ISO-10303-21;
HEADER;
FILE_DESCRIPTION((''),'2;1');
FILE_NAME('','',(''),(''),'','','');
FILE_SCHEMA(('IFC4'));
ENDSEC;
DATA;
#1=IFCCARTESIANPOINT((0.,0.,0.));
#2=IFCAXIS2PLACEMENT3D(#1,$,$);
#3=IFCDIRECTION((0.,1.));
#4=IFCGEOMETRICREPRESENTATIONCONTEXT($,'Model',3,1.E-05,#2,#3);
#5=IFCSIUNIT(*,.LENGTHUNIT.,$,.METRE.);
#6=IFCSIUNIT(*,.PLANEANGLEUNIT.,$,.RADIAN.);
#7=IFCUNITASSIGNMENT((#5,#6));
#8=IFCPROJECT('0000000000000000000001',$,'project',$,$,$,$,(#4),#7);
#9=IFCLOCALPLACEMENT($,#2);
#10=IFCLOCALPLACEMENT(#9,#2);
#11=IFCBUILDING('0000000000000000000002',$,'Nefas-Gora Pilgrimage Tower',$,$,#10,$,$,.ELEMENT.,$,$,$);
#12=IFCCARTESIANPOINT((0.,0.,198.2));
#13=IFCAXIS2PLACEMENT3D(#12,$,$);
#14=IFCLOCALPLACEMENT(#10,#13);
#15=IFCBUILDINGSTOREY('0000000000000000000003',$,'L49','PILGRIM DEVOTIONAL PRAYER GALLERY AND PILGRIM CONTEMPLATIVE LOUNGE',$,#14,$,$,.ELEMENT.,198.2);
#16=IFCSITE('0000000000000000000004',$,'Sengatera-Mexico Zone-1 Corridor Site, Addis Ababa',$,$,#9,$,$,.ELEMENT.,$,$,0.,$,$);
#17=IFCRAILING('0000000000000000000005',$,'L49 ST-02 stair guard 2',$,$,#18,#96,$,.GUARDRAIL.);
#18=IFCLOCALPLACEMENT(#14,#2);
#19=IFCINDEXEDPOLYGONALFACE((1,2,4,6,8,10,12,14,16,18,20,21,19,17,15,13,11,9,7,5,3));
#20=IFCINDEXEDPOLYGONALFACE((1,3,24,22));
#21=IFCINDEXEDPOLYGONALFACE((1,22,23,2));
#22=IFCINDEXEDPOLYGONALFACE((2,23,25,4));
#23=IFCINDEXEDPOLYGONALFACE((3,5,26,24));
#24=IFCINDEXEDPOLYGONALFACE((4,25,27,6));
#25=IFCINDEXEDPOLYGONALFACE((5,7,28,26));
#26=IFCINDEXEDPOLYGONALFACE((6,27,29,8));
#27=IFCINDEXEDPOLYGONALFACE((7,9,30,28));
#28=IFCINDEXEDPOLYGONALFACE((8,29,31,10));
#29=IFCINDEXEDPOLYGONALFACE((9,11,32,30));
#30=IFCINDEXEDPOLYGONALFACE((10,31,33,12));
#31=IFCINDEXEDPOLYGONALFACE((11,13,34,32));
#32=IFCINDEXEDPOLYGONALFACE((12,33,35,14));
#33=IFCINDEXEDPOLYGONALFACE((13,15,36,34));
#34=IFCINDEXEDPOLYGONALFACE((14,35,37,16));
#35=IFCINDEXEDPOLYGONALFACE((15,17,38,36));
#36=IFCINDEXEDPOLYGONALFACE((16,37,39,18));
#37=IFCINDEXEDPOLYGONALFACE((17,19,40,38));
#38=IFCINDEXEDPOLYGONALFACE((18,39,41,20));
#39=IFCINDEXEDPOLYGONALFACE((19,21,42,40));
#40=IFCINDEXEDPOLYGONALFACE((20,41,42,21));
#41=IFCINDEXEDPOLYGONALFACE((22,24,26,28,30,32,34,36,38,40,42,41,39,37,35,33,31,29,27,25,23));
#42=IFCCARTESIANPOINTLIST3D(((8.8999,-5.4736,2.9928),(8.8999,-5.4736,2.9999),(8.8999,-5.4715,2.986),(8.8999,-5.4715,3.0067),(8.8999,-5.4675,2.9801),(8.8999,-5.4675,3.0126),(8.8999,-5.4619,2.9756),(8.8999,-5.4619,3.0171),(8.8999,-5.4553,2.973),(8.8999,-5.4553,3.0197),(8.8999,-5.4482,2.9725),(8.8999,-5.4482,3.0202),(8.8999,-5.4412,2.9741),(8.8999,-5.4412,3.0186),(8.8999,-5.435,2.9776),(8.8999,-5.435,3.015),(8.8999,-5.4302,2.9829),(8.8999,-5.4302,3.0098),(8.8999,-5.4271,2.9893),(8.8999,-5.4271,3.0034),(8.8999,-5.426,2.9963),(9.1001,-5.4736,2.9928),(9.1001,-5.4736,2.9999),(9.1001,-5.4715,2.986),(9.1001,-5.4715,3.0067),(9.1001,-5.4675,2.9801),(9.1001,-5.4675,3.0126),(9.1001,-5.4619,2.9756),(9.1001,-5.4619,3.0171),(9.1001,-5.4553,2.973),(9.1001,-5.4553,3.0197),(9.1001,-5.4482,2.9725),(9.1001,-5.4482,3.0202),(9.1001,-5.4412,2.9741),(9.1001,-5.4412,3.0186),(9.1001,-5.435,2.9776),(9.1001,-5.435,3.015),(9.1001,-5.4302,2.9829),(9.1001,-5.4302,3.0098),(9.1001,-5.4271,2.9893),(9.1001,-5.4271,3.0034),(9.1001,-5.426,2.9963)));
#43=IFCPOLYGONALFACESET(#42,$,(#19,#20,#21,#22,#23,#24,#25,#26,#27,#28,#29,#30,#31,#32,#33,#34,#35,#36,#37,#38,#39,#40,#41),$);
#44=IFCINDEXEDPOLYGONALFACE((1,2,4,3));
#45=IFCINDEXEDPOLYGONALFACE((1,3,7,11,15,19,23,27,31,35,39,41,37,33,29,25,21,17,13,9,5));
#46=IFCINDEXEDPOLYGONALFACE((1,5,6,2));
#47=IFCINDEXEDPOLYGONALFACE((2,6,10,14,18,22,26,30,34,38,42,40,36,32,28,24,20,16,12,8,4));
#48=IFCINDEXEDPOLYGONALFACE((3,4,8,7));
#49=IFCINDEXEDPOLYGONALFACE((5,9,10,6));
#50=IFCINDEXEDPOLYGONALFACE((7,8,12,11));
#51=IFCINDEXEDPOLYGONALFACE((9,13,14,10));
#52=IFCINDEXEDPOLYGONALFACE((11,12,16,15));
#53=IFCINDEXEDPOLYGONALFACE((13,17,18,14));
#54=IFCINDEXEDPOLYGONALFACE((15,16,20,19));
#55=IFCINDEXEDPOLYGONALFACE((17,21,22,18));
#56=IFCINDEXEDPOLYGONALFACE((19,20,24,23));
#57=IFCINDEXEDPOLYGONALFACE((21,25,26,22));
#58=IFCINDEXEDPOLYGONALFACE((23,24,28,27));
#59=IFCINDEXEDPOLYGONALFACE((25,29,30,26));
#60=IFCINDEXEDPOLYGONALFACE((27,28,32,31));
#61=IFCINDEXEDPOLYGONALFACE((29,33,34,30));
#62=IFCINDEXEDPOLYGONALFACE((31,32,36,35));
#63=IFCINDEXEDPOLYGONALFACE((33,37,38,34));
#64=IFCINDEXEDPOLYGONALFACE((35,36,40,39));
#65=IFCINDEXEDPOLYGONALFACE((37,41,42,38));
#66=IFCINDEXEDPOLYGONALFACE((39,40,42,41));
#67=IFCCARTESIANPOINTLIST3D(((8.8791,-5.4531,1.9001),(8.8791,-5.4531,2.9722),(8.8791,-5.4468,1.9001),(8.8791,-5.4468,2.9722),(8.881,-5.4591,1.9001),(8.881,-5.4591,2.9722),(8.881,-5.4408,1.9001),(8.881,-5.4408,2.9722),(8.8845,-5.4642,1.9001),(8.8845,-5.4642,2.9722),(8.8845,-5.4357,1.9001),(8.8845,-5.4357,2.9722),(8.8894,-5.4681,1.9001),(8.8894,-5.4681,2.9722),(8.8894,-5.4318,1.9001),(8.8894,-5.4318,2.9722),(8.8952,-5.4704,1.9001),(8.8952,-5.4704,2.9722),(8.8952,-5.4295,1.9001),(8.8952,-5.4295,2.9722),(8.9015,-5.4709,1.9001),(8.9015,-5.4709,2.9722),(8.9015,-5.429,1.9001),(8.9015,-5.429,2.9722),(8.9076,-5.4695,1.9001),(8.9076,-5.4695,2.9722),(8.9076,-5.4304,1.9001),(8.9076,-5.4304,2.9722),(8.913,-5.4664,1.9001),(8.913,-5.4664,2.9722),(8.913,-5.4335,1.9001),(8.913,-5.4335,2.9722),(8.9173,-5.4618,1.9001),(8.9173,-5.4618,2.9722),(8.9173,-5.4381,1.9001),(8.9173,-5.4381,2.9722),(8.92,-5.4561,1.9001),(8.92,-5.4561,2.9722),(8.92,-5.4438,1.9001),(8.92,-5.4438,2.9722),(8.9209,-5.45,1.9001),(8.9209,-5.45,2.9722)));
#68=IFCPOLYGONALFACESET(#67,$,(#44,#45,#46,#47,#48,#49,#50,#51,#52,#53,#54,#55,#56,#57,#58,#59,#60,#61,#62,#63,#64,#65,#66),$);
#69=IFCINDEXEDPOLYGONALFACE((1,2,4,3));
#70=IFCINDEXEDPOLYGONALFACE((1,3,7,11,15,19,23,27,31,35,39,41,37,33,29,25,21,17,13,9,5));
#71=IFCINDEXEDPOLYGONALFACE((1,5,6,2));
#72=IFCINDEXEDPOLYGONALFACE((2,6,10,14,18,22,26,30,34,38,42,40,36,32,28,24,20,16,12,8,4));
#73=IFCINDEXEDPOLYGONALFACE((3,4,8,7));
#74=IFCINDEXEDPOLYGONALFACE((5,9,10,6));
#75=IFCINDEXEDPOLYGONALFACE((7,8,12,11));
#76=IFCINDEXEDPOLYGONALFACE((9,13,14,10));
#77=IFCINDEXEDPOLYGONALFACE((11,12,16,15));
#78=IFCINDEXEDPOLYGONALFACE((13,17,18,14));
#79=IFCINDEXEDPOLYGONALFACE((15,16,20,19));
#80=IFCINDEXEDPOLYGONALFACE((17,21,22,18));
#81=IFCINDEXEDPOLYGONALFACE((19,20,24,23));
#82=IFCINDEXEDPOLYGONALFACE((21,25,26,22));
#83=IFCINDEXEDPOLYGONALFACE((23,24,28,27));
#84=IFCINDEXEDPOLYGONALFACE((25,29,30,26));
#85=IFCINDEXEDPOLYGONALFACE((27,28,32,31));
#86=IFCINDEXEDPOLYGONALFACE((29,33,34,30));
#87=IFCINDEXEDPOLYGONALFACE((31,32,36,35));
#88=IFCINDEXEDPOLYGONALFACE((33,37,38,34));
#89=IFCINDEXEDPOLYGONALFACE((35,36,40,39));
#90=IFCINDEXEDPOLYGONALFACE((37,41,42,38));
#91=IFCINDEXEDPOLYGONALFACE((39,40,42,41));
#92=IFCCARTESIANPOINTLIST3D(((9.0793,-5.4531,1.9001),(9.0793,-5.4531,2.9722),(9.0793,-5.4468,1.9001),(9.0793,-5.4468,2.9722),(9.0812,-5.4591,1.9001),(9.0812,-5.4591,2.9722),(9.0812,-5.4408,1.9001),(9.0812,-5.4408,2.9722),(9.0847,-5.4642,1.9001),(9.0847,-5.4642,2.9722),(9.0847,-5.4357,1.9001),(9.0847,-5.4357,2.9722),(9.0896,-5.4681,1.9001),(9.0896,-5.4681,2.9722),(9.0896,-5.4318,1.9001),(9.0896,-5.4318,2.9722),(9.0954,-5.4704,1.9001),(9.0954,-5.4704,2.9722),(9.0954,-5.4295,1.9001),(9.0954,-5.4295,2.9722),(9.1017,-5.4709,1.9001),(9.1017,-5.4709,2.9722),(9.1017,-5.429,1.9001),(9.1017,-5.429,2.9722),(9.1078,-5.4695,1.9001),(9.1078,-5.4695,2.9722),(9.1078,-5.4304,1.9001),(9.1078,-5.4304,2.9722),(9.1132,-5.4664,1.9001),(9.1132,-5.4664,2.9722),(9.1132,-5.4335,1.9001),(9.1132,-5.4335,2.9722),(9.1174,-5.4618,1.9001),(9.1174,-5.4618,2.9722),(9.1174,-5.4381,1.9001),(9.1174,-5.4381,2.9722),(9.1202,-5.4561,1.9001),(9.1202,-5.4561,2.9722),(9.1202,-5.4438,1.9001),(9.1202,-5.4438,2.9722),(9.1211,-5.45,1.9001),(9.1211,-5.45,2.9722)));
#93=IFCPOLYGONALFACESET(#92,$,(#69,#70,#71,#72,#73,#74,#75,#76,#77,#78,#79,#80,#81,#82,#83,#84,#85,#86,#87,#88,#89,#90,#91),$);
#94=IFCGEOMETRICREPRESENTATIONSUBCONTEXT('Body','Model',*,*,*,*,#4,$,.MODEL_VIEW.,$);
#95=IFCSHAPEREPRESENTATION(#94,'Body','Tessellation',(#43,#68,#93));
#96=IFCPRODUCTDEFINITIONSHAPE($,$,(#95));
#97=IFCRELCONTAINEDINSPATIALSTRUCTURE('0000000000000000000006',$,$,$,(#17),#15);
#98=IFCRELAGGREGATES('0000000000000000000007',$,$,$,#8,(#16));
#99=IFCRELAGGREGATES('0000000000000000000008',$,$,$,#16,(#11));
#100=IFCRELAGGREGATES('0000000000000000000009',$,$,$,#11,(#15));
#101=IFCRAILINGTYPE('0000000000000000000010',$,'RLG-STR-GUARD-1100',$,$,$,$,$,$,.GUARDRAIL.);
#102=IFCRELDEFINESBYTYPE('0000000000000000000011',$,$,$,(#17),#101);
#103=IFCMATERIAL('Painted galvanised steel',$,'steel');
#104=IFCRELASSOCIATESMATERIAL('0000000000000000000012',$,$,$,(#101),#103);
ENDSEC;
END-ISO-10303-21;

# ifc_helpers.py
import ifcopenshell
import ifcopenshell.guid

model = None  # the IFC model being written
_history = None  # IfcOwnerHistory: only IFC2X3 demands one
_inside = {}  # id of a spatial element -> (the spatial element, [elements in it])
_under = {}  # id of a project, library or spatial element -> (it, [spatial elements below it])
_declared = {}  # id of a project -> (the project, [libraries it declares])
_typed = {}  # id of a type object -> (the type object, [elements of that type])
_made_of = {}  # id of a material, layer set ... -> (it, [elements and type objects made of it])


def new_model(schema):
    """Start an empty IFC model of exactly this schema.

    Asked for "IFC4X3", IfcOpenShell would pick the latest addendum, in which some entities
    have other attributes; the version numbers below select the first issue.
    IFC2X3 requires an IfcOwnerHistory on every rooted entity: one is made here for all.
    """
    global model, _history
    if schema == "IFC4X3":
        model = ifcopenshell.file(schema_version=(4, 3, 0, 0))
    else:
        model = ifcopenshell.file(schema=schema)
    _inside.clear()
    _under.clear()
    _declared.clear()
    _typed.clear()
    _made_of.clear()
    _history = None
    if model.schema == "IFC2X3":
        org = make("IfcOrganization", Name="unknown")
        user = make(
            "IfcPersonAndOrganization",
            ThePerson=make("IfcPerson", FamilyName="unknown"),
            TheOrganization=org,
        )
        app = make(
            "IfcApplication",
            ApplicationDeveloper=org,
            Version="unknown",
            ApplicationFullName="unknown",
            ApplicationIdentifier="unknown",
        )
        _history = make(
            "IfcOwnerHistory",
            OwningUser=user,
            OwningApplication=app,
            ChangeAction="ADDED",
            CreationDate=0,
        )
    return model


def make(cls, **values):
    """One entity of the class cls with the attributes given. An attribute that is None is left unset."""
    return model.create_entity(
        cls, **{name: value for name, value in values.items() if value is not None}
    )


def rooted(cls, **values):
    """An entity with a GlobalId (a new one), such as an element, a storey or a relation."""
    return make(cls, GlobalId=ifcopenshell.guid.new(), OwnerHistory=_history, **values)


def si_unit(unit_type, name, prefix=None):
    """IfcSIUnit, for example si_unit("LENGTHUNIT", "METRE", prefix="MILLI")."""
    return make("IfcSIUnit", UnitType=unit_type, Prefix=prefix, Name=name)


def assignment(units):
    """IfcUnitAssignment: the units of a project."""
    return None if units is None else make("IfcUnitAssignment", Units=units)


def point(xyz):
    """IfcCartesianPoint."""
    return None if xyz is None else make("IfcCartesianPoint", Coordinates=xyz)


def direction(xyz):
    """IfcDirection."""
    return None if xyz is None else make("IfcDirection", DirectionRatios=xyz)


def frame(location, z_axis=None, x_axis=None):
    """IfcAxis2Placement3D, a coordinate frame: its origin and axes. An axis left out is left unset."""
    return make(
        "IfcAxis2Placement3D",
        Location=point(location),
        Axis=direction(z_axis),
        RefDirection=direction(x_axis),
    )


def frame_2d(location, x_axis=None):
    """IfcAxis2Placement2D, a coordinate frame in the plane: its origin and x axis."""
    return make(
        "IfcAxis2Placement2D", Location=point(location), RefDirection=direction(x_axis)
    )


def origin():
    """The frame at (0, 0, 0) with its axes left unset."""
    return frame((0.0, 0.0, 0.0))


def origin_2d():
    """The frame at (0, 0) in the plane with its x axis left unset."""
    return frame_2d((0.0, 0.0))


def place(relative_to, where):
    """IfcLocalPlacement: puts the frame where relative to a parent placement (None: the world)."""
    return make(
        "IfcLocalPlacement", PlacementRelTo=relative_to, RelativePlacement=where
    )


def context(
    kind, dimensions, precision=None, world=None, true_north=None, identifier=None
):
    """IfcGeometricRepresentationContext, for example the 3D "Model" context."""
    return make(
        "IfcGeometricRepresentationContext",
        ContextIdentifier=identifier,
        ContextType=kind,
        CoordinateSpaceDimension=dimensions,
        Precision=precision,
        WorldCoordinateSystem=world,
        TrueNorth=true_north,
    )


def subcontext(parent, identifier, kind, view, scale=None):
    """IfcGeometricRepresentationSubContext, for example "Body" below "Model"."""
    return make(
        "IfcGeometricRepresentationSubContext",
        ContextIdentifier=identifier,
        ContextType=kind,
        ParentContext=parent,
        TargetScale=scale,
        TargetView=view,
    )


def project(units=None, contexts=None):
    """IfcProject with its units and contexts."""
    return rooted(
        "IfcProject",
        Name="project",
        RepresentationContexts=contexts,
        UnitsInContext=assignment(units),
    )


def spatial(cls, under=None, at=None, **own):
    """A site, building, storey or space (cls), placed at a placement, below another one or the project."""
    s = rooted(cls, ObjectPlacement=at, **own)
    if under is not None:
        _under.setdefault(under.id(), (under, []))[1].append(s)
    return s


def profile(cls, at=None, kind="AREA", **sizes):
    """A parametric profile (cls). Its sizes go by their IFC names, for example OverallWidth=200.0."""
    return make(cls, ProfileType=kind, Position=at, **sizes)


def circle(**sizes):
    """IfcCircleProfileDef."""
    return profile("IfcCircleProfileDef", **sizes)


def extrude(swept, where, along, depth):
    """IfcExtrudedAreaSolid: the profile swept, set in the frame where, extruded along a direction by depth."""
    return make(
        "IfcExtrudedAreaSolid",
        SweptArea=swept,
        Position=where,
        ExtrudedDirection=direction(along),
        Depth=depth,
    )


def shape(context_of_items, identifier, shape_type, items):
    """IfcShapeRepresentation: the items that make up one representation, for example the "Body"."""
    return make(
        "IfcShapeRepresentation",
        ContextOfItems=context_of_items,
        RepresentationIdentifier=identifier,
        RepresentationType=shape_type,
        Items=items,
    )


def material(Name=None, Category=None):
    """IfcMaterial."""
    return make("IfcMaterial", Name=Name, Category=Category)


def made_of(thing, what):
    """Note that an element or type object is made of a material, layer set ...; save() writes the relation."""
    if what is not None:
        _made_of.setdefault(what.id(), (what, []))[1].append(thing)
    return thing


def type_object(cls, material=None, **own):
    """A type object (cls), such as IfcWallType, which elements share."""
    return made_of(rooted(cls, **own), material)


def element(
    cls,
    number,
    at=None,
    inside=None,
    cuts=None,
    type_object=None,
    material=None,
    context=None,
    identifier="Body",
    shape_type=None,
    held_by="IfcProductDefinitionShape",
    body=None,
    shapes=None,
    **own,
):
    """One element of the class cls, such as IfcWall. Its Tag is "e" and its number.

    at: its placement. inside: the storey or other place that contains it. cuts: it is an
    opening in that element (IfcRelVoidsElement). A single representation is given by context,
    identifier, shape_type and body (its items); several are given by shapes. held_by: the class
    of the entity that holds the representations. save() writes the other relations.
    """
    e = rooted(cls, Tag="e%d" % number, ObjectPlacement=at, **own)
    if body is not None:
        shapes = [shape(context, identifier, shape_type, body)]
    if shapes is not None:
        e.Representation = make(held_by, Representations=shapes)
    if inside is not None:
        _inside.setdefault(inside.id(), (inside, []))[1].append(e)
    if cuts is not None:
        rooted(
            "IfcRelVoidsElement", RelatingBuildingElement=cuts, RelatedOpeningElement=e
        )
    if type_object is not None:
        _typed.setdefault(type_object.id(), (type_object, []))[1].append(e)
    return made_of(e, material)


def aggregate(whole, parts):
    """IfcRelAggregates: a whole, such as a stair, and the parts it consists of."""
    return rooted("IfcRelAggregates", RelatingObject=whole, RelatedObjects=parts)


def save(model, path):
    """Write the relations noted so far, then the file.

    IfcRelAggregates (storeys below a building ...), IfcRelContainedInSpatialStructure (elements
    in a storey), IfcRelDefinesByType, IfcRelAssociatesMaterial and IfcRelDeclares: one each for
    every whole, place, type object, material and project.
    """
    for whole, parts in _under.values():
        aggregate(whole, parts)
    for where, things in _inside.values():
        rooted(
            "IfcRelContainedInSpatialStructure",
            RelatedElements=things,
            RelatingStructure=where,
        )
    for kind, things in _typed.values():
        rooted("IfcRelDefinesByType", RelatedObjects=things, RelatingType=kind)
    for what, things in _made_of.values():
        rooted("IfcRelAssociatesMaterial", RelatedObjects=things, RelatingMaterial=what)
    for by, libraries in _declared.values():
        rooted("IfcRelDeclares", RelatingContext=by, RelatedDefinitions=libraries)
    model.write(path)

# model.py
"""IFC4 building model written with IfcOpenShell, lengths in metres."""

from ifc_helpers import new_model, si_unit, direction, frame, origin, origin_2d, place, context, subcontext, project, spatial, circle, extrude, material, type_object, element, save


model = new_model("IFC4")

# Units and contexts
model_context = context("Model", 3, precision=1e-05, world=origin(), true_north=direction((0.0, 1.0)))
body_context = subcontext(model_context, "Body", "Model", "MODEL_VIEW")
ifc_project = project(units=[si_unit("LENGTHUNIT", "METRE"), si_unit("PLANEANGLEUNIT", "RADIAN")], contexts=[model_context])

# Site, building, storey
site_placement = place(None, origin())
site = spatial("IfcSite", under=ifc_project, at=site_placement, Name="Sengatera-Mexico Zone-1 Corridor Site, Addis Ababa", CompositionType="ELEMENT", RefElevation=0.0)
building_placement = place(site_placement, origin())
building = spatial("IfcBuilding", under=site, at=building_placement, Name="Nefas-Gora Pilgrimage Tower", CompositionType="ELEMENT")
storey_placement = place(building_placement, frame((0.0, 0.0, 198.2)))
storey = spatial("IfcBuildingStorey", under=building, at=storey_placement, Name="L49", Description="PILGRIM DEVOTIONAL PRAYER GALLERY AND PILGRIM CONTEMPLATIVE LOUNGE", CompositionType="ELEMENT", Elevation=198.2)

# Railing
ifc_material_1 = material(Name="Painted galvanised steel", Category="steel")
railing_type_1 = type_object("IfcRailingType", Name="RLG-STR-GUARD-1100", PredefinedType="GUARDRAIL", material=ifc_material_1)
railing_1_placement = place(storey_placement, frame((8.8999, -5.45, 1.9001)))
element("IfcRailing", 1, at=railing_1_placement, inside=storey, type_object=railing_type_1, Name="L49 ST-02 stair guard 2", PredefinedType="GUARDRAIL", context=body_context, shape_type="SweptSolid", body=[
    extrude(circle(Radius=0.0239, at=origin_2d()), frame((0.0, 0.0, 1.0962), z_axis=(1.0, 0.0, 0.0), x_axis=(0.0, 1.0, 0.0)), (0.0, 0.0, 1.0), 0.2002),
    extrude(circle(Radius=0.021, at=origin_2d()), origin(), (0.0, 0.0, 1.0), 1.072),
    extrude(circle(Radius=0.021, at=origin_2d()), frame((0.2002, 0.0, 0.0)), (0.0, 0.0, 1.0), 1.072),
])

save(model, "model.ifc")
